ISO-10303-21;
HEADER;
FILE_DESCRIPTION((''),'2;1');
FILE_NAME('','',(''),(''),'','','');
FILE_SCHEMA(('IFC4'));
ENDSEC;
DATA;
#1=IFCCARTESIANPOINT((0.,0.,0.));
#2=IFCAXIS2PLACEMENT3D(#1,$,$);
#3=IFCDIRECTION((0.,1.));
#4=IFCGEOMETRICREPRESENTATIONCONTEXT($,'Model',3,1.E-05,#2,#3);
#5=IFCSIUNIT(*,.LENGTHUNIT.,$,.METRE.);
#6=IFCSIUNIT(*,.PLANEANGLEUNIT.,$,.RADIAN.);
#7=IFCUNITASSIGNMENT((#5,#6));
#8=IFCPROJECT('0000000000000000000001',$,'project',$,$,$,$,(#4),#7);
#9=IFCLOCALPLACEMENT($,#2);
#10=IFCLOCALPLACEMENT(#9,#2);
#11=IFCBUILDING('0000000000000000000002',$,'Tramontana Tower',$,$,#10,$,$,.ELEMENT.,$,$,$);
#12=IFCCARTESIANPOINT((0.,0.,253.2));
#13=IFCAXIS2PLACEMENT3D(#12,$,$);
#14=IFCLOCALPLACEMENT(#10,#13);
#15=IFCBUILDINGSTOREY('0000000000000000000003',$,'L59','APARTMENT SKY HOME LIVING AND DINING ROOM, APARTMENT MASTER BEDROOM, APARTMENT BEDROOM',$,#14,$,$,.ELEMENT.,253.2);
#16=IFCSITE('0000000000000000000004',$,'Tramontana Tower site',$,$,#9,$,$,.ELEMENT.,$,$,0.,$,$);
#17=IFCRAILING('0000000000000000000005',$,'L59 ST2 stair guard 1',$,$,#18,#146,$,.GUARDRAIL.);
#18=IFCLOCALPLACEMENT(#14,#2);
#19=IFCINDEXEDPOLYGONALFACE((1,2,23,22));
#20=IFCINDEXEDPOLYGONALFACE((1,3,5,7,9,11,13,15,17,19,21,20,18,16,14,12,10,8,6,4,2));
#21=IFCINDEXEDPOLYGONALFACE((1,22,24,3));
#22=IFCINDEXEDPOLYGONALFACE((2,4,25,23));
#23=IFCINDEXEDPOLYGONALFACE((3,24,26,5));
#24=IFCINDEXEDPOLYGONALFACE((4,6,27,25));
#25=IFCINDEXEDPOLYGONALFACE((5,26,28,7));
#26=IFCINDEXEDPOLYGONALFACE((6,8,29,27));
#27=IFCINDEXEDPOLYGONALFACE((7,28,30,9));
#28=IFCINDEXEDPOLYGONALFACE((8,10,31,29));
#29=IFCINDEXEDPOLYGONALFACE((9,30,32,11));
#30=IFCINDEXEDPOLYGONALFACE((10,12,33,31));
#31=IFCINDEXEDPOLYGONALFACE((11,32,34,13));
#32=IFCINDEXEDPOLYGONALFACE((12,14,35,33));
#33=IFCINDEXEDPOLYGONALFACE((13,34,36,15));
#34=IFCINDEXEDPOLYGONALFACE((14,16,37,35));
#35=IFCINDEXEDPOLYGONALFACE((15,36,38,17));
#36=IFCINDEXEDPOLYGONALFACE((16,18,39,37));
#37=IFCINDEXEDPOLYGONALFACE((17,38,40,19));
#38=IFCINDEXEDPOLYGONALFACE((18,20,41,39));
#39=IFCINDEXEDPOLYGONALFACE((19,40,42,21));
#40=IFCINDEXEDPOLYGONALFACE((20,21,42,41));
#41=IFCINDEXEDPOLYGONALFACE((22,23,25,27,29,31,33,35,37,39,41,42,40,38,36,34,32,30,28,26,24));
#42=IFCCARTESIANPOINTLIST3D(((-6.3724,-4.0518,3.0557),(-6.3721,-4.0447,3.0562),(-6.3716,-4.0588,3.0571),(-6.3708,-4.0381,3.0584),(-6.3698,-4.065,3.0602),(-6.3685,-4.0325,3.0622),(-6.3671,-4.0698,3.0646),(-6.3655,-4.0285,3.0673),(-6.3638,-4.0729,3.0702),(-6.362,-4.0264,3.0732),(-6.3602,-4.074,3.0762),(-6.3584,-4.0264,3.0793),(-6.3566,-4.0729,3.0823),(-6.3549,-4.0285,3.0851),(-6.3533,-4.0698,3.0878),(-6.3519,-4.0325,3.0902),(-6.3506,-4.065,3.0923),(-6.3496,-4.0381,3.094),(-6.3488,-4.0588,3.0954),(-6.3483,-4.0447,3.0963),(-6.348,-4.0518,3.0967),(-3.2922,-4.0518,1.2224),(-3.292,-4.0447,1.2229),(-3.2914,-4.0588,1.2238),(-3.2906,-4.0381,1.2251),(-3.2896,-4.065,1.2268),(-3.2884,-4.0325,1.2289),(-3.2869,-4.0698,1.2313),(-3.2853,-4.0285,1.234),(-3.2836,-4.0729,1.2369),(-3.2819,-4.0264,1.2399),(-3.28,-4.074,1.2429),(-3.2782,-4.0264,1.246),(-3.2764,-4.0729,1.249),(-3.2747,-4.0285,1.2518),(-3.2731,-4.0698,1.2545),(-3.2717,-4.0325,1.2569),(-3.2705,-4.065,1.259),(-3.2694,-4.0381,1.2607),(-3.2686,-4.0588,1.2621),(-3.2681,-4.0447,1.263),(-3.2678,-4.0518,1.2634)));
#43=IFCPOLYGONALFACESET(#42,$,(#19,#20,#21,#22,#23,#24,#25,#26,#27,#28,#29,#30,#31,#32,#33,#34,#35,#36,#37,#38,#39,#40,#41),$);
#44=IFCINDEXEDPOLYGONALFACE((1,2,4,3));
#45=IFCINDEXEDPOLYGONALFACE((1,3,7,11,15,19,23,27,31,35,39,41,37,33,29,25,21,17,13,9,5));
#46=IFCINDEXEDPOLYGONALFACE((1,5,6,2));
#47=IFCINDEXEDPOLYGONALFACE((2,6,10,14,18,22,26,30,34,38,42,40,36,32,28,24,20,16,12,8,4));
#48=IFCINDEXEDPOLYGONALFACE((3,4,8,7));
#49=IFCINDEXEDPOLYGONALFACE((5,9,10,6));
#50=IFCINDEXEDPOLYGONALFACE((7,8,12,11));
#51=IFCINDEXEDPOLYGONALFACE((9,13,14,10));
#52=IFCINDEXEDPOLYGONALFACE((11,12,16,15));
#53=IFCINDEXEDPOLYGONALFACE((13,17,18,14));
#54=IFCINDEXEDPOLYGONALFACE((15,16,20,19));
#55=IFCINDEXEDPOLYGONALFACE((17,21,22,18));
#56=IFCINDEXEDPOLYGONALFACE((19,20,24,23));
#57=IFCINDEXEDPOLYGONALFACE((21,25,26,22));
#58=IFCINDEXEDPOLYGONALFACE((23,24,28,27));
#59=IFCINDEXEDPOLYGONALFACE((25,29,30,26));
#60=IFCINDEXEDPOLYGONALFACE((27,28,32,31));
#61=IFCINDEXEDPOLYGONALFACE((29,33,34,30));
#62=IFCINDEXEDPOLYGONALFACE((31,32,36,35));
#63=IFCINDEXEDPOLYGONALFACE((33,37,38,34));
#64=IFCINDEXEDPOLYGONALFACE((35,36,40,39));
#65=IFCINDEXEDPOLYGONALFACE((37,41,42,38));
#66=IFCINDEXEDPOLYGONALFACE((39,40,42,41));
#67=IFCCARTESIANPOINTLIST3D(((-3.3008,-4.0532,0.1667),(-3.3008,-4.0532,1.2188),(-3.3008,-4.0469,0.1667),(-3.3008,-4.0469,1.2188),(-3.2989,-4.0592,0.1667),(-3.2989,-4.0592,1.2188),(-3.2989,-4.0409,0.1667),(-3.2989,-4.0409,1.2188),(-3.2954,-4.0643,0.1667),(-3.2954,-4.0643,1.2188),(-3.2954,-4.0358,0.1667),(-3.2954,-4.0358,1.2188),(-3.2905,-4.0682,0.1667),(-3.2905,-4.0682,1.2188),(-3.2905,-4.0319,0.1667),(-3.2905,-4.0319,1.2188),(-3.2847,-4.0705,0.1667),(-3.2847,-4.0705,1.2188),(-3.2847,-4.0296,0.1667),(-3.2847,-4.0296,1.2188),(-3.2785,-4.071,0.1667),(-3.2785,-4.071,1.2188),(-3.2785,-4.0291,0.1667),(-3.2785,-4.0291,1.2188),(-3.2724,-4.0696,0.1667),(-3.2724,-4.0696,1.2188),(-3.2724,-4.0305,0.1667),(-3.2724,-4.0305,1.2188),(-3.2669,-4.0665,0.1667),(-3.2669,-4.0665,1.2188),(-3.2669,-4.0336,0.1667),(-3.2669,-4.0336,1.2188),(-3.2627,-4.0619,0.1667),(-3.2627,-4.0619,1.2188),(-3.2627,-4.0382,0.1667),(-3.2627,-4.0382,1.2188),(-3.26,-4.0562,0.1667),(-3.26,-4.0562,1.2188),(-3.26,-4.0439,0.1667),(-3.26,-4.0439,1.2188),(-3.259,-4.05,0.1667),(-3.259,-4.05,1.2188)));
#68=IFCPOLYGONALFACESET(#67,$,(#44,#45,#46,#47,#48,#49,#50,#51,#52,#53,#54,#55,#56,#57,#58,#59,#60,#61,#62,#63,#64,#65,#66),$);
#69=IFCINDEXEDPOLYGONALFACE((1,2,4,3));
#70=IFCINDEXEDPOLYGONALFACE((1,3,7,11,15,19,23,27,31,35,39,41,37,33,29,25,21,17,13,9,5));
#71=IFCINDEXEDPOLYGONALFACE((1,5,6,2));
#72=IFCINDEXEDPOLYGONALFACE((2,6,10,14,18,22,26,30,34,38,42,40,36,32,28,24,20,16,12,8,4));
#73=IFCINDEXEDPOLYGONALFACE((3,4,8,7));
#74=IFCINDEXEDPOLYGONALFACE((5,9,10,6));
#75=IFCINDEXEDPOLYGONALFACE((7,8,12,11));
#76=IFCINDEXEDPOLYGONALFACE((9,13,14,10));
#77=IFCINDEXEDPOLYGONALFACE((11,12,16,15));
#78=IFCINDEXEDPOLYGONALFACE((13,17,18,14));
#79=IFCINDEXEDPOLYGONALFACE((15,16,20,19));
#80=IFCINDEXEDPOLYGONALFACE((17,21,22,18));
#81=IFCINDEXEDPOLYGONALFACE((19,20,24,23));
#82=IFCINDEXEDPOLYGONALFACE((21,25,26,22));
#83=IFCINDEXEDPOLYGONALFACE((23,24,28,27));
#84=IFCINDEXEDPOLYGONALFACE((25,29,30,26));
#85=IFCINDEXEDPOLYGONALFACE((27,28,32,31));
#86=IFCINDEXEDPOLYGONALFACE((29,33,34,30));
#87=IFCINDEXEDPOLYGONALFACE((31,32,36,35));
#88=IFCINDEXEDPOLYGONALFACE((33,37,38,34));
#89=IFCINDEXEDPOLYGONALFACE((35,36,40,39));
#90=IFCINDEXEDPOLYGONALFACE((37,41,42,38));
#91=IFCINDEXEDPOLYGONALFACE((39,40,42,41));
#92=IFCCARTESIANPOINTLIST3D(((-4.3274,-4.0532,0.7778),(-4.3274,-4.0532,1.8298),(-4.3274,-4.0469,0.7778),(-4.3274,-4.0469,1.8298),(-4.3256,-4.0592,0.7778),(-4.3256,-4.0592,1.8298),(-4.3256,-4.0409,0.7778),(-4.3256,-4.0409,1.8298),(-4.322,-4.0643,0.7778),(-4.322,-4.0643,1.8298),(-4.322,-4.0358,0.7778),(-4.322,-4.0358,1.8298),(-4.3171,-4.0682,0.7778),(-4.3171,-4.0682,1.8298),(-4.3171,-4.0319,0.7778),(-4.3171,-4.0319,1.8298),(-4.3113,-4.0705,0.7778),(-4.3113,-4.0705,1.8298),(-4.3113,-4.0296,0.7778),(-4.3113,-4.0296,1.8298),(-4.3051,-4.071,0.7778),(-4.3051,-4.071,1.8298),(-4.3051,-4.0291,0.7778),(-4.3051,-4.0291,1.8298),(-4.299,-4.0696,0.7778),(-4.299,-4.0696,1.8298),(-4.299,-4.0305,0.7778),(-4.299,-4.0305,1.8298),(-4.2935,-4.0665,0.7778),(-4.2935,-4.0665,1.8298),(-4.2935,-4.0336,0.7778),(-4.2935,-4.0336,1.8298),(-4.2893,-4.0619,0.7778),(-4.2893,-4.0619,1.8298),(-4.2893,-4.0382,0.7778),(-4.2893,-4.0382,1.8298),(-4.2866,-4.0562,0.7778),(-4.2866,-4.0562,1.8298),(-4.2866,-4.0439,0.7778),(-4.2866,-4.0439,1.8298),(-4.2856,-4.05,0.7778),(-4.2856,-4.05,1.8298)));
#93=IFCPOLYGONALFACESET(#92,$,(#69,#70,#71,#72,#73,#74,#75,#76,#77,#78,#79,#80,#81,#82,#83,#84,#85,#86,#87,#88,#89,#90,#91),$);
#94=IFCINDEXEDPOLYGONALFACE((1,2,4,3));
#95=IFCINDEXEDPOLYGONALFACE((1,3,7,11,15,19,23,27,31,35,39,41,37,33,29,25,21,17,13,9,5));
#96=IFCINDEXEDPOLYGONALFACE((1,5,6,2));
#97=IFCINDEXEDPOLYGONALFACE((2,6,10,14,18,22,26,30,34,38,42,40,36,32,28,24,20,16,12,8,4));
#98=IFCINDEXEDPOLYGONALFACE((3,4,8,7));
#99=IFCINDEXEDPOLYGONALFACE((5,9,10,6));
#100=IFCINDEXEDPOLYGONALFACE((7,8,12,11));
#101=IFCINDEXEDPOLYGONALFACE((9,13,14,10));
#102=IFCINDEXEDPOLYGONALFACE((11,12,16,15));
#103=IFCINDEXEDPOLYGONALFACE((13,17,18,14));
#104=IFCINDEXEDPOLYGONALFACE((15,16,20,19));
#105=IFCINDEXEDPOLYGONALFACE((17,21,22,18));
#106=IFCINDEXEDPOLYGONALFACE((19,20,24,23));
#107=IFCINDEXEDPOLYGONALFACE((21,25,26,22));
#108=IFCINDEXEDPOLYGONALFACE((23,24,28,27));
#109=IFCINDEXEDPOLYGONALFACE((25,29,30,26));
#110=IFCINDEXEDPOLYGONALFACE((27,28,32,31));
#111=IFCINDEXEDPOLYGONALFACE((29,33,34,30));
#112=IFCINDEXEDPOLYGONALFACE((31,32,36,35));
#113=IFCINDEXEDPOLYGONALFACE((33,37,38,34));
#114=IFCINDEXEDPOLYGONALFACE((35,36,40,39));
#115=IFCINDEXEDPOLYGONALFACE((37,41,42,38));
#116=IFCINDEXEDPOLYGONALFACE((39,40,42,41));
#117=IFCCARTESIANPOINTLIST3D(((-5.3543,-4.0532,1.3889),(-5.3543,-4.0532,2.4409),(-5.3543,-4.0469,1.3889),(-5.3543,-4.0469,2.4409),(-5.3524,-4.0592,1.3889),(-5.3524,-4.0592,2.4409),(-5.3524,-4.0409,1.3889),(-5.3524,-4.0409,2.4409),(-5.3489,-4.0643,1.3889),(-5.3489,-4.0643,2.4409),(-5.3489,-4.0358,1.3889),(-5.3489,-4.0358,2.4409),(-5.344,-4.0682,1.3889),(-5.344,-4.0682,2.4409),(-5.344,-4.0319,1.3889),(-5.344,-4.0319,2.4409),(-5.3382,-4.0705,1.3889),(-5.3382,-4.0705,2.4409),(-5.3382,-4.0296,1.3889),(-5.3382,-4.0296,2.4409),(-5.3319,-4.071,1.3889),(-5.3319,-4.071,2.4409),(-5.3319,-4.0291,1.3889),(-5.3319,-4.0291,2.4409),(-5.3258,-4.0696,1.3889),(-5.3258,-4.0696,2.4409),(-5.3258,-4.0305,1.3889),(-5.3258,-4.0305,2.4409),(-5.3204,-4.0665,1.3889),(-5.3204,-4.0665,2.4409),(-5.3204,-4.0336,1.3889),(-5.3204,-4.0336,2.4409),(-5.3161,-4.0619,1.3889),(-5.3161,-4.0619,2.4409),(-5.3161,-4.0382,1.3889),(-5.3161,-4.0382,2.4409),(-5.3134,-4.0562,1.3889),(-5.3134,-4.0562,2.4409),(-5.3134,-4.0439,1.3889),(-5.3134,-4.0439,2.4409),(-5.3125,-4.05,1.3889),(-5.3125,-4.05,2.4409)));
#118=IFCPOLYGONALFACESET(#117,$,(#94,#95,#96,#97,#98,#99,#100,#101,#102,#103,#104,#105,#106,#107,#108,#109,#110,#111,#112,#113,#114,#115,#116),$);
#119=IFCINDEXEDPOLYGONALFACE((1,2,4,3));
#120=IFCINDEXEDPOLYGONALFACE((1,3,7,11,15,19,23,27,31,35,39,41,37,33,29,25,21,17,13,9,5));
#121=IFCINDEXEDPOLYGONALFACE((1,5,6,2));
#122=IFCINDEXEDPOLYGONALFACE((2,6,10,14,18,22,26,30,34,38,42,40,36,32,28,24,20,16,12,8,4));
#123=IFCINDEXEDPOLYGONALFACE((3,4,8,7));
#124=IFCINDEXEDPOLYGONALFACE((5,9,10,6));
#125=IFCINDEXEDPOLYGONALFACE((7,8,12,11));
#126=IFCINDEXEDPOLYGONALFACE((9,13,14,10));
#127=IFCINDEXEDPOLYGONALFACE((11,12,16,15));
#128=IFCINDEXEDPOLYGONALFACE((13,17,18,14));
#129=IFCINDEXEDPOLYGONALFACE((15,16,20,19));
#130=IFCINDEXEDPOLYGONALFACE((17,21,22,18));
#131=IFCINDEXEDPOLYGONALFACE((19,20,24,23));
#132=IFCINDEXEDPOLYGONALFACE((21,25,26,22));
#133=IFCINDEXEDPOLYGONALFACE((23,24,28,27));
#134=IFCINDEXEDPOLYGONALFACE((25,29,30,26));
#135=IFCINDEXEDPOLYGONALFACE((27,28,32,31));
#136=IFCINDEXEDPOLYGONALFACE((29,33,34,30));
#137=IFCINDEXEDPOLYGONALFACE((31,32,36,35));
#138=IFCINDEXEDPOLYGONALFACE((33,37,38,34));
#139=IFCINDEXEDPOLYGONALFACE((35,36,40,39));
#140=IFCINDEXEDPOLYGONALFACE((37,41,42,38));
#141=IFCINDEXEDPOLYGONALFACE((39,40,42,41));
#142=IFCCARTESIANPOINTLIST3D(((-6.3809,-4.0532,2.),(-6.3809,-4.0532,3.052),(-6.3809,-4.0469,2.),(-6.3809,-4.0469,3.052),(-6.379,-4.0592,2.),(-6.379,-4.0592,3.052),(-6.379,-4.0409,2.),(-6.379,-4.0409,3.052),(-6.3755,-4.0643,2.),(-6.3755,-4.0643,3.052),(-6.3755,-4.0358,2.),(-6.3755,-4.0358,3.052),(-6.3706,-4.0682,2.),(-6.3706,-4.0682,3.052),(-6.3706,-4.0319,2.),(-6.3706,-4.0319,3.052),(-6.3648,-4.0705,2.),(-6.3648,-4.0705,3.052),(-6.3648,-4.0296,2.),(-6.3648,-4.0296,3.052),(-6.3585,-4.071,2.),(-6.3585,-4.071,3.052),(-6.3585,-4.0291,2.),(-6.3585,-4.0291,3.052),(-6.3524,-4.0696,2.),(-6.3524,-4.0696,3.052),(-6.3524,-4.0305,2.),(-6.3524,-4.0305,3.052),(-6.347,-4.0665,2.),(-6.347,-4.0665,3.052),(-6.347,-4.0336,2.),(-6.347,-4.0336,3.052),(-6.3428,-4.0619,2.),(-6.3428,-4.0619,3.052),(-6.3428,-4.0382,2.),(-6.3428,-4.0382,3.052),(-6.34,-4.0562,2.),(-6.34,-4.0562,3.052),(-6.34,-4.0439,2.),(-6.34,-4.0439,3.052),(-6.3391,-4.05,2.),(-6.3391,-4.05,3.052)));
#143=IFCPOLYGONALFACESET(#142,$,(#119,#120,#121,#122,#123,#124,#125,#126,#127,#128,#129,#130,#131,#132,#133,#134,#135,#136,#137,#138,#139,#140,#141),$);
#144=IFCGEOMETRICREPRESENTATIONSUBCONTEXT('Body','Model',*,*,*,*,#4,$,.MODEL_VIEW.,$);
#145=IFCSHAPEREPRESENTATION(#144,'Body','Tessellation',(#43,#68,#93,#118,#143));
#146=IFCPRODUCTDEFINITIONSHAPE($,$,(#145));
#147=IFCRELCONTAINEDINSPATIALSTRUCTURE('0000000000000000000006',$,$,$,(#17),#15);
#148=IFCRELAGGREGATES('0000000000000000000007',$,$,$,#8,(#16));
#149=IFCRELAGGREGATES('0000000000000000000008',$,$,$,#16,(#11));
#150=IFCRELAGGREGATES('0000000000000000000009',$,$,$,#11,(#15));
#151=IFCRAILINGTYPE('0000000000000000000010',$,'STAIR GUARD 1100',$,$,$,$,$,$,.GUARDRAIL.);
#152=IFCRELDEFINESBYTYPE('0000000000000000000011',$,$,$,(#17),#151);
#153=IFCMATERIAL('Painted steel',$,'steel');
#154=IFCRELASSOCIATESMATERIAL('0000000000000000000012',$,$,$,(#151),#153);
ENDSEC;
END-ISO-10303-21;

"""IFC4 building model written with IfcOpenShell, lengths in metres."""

from ifc_helpers import new_model, si_unit, direction, frame, origin, origin_2d, place, context, subcontext, project, spatial, circle, extrude, material, type_object, element, save


model = new_model("IFC4")

# Units and contexts
model_context = context("Model", 3, precision=1e-05, world=origin(), true_north=direction((0.0, 1.0)))
body_context = subcontext(model_context, "Body", "Model", "MODEL_VIEW")
ifc_project = project(units=[si_unit("LENGTHUNIT", "METRE"), si_unit("PLANEANGLEUNIT", "RADIAN")], contexts=[model_context])

# Site, building, storey
site_placement = place(None, origin())
site = spatial("IfcSite", under=ifc_project, at=site_placement, Name="Tramontana Tower site", CompositionType="ELEMENT", RefElevation=0.0)
building_placement = place(site_placement, origin())
building = spatial("IfcBuilding", under=site, at=building_placement, Name="Tramontana Tower", CompositionType="ELEMENT")
storey_placement = place(building_placement, frame((0.0, 0.0, 253.2)))
storey = spatial("IfcBuildingStorey", under=building, at=storey_placement, Name="L59", Description="APARTMENT SKY HOME LIVING AND DINING ROOM, APARTMENT MASTER BEDROOM, APARTMENT BEDROOM", CompositionType="ELEMENT", Elevation=253.2)

# Railing
ifc_material_1 = material(Name="Painted steel", Category="steel")
railing_type_1 = type_object("IfcRailingType", Name="STAIR GUARD 1100", PredefinedType="GUARDRAIL", material=ifc_material_1)
railing_1_placement = place(storey_placement, frame((-3.28, -4.05, 0.1667)))
element("IfcRailing", 1, at=railing_1_placement, inside=storey, type_object=railing_type_1, Name="L59 ST2 stair guard 1", PredefinedType="GUARDRAIL", context=body_context, shape_type="SweptSolid", body=[
    extrude(circle(Radius=0.0239, at=origin_2d()), frame((0.0, 0.0, 1.0762), z_axis=(-0.859309, 0.0, 0.511458), x_axis=(0.0, -1.0, 0.0)), (0.0, 0.0, 1.0), 3.5845),
    extrude(circle(Radius=0.021, at=origin_2d()), origin(), (0.0, 0.0, 1.0), 1.052),
    extrude(circle(Radius=0.021, at=origin_2d()), frame((-1.0266, 0.0, 0.6111)), (0.0, 0.0, 1.0), 1.052),
    extrude(circle(Radius=0.021, at=origin_2d()), frame((-2.0535, 0.0, 1.2222)), (0.0, 0.0, 1.0), 1.052),
    extrude(circle(Radius=0.021, at=origin_2d()), frame((-3.0801, 0.0, 1.8333)), (0.0, 0.0, 1.0), 1.052),
])

save(model, "model.ifc")
